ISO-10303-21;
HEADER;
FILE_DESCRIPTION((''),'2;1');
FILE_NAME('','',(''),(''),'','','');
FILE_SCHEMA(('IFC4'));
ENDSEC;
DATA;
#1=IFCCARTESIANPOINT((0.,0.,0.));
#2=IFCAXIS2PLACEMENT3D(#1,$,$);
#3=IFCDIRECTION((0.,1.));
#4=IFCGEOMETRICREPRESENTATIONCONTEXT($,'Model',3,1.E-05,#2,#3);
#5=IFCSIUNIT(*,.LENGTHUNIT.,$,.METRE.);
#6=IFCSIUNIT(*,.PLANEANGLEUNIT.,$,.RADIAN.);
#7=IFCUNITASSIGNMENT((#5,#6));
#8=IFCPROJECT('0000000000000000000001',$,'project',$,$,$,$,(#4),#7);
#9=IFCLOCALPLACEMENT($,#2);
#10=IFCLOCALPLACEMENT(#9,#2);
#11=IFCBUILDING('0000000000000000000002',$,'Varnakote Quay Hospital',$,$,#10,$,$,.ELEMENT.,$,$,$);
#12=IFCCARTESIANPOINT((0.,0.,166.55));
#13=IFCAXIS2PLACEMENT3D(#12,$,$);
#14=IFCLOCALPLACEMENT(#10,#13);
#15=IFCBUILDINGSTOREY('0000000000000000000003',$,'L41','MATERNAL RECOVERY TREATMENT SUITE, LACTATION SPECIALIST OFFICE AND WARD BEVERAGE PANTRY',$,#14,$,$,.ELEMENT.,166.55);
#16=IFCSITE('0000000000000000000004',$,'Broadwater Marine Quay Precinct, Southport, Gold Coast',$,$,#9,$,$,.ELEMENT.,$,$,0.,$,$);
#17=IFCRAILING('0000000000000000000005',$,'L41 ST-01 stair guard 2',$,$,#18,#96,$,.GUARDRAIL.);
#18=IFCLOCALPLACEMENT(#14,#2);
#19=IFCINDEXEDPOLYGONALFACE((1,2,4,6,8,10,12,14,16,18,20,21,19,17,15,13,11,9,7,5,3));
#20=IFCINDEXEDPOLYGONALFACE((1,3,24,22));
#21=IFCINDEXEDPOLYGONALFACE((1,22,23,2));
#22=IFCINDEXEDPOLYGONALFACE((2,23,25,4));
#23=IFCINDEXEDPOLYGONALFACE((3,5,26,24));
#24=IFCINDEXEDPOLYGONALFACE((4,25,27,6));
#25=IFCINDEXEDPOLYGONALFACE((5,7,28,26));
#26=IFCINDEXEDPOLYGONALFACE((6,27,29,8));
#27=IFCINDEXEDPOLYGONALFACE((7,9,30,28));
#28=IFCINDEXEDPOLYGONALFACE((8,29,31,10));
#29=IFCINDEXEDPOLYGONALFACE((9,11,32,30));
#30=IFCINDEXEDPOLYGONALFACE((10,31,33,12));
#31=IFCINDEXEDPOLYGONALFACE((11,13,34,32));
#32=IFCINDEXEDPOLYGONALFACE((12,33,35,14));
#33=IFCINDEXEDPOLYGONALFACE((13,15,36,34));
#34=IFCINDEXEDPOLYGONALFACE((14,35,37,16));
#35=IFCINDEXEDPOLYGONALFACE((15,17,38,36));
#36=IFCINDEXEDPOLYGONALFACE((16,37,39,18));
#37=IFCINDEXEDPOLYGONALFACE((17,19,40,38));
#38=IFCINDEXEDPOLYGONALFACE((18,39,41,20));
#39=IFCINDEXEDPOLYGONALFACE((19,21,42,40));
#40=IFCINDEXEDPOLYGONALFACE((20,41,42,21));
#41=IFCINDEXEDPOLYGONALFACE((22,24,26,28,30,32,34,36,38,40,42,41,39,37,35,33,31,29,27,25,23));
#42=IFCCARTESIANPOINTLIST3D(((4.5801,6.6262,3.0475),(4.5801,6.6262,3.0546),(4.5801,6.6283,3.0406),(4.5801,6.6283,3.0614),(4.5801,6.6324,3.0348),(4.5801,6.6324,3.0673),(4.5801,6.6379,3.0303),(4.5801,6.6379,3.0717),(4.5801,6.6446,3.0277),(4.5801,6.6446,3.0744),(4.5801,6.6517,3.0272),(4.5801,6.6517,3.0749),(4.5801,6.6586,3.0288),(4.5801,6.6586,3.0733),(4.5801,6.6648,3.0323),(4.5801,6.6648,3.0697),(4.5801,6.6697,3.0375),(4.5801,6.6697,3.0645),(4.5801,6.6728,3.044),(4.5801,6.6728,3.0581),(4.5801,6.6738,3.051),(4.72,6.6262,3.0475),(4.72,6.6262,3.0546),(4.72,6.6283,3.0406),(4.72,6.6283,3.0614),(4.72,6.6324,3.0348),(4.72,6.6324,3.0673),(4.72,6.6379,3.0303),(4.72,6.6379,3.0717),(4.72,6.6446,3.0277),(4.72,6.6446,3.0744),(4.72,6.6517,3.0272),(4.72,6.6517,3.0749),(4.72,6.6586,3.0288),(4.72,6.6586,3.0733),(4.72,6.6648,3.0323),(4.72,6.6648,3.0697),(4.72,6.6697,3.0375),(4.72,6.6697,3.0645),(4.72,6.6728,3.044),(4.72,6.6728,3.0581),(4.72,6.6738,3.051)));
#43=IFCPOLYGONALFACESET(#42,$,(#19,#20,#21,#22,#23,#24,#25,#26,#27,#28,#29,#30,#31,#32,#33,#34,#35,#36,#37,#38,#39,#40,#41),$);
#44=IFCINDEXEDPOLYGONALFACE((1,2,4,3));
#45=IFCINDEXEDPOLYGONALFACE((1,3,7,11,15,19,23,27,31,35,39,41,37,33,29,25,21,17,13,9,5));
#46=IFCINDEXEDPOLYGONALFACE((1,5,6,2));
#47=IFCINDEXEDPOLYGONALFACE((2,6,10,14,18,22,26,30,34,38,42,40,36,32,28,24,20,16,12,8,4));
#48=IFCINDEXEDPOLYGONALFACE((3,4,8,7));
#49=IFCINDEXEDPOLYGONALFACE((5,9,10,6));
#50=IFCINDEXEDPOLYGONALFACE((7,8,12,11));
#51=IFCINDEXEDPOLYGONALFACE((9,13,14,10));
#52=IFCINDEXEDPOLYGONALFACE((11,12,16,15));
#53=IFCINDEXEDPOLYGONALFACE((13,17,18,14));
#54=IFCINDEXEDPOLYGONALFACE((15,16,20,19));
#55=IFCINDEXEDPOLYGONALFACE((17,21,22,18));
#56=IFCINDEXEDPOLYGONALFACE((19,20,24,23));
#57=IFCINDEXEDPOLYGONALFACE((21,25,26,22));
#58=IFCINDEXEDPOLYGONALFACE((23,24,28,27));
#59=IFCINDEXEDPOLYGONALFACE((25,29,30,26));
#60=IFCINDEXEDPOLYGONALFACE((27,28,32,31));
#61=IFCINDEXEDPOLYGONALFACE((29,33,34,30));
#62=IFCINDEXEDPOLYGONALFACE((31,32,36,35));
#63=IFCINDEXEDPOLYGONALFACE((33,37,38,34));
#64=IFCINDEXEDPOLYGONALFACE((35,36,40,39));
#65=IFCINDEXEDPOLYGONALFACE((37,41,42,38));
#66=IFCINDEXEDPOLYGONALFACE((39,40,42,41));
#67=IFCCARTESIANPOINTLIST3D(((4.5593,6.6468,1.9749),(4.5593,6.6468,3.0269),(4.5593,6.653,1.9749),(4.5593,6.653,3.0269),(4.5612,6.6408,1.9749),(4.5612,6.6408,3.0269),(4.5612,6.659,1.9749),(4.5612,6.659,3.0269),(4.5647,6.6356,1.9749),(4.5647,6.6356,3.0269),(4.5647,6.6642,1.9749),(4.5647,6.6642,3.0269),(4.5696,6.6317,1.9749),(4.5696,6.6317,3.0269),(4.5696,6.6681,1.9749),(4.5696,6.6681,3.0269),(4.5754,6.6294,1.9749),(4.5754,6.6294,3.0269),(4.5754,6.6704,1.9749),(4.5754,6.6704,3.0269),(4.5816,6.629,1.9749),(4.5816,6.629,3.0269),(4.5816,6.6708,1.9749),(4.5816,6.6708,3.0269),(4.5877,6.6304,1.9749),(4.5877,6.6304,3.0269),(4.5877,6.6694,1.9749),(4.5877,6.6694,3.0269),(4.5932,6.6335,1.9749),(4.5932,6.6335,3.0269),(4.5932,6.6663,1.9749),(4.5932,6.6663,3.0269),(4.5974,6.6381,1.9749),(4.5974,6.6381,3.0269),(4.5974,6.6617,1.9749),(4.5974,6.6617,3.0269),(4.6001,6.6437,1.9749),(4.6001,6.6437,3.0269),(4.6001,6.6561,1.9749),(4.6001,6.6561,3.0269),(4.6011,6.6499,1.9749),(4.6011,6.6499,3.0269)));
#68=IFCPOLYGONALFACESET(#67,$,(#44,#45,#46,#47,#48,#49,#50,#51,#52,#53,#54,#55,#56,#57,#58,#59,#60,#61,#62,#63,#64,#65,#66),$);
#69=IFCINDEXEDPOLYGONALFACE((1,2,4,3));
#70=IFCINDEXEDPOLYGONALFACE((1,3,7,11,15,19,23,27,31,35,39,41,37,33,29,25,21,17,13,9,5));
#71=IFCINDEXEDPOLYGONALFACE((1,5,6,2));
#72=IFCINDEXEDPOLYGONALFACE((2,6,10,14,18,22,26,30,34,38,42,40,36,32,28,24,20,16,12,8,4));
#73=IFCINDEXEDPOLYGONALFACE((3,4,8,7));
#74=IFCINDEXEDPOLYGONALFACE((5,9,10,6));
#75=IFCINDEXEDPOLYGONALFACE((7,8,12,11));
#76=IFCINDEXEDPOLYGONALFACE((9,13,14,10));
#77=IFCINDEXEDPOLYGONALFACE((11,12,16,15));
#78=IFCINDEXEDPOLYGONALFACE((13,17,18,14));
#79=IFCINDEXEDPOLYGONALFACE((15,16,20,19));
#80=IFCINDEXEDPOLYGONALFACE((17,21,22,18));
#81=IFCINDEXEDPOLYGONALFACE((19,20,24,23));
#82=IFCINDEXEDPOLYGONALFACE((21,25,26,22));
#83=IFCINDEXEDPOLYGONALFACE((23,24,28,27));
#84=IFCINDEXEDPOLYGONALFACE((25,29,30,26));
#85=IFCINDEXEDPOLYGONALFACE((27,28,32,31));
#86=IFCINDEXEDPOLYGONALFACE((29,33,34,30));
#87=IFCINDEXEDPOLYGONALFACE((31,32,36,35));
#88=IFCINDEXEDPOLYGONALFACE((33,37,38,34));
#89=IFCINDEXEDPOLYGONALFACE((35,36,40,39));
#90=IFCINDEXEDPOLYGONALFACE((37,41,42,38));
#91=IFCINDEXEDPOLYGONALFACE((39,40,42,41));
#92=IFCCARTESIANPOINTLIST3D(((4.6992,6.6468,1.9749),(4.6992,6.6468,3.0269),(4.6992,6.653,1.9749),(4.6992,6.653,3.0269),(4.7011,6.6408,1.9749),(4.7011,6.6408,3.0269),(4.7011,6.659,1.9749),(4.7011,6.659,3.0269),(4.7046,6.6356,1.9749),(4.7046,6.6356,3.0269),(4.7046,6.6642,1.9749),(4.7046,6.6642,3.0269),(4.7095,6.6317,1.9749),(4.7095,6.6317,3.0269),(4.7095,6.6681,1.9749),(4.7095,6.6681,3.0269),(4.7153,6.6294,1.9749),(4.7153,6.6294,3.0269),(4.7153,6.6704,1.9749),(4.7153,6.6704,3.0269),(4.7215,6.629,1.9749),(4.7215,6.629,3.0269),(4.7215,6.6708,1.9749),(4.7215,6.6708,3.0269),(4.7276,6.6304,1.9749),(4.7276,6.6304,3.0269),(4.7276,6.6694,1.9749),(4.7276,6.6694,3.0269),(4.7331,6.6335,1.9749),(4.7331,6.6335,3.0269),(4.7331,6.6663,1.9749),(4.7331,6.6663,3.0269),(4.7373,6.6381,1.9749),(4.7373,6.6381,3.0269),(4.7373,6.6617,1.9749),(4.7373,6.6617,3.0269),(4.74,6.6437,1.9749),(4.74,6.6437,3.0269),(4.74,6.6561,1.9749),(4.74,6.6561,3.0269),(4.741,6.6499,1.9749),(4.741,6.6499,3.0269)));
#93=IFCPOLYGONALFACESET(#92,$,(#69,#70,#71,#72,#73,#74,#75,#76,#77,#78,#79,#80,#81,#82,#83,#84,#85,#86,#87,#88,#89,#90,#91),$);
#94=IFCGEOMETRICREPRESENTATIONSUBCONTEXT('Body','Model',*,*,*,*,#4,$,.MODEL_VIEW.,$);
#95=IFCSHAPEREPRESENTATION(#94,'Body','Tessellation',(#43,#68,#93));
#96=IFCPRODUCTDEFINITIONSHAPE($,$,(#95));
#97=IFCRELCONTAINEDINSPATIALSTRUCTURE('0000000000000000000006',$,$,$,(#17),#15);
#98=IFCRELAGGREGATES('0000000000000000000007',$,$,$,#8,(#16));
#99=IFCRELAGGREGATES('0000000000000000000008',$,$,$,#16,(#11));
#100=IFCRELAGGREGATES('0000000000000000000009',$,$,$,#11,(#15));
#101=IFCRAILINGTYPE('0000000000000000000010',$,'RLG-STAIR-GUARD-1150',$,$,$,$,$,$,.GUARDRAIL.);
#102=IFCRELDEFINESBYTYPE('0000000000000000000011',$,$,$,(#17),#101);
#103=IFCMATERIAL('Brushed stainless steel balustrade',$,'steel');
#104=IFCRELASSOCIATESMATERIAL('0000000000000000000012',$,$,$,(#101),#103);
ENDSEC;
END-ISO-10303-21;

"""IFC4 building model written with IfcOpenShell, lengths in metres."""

from ifc_helpers import new_model, si_unit, direction, frame, origin, origin_2d, place, context, subcontext, project, spatial, circle, extrude, material, type_object, element, save


model = new_model("IFC4")

# Units and contexts
model_context = context("Model", 3, precision=1e-05, world=origin(), true_north=direction((0.0, 1.0)))
body_context = subcontext(model_context, "Body", "Model", "MODEL_VIEW")
ifc_project = project(units=[si_unit("LENGTHUNIT", "METRE"), si_unit("PLANEANGLEUNIT", "RADIAN")], contexts=[model_context])

# Site, building, storey
site_placement = place(None, origin())
site = spatial("IfcSite", under=ifc_project, at=site_placement, Name="Broadwater Marine Quay Precinct, Southport, Gold Coast", CompositionType="ELEMENT", RefElevation=0.0)
building_placement = place(site_placement, origin())
building = spatial("IfcBuilding", under=site, at=building_placement, Name="Varnakote Quay Hospital", CompositionType="ELEMENT")
storey_placement = place(building_placement, frame((0.0, 0.0, 166.55)))
storey = spatial("IfcBuildingStorey", under=building, at=storey_placement, Name="L41", Description="MATERNAL RECOVERY TREATMENT SUITE, LACTATION SPECIALIST OFFICE AND WARD BEVERAGE PANTRY", CompositionType="ELEMENT", Elevation=166.55)

# Railing
ifc_material_1 = material(Name="Brushed stainless steel balustrade", Category="steel")
railing_type_1 = type_object("IfcRailingType", Name="RLG-STAIR-GUARD-1150", PredefinedType="GUARDRAIL", material=ifc_material_1)
railing_1_placement = place(storey_placement, frame((4.5801, 6.6499, 1.9749)))
element("IfcRailing", 1, at=railing_1_placement, inside=storey, type_object=railing_type_1, Name="L41 ST-01 stair guard 2", PredefinedType="GUARDRAIL", context=body_context, shape_type="SweptSolid", body=[
    extrude(circle(Radius=0.0239, at=origin_2d()), frame((0.0, 0.0, 1.0762), z_axis=(1.0, 0.0, 0.0), x_axis=(0.0, 1.0, 0.0)), (0.0, 0.0, 1.0), 0.1399),
    extrude(circle(Radius=0.021, at=origin_2d()), origin(), (0.0, 0.0, 1.0), 1.052),
    extrude(circle(Radius=0.021, at=origin_2d()), frame((0.1399, 0.0, 0.0)), (0.0, 0.0, 1.0), 1.052),
])

save(model, "model.ifc")
